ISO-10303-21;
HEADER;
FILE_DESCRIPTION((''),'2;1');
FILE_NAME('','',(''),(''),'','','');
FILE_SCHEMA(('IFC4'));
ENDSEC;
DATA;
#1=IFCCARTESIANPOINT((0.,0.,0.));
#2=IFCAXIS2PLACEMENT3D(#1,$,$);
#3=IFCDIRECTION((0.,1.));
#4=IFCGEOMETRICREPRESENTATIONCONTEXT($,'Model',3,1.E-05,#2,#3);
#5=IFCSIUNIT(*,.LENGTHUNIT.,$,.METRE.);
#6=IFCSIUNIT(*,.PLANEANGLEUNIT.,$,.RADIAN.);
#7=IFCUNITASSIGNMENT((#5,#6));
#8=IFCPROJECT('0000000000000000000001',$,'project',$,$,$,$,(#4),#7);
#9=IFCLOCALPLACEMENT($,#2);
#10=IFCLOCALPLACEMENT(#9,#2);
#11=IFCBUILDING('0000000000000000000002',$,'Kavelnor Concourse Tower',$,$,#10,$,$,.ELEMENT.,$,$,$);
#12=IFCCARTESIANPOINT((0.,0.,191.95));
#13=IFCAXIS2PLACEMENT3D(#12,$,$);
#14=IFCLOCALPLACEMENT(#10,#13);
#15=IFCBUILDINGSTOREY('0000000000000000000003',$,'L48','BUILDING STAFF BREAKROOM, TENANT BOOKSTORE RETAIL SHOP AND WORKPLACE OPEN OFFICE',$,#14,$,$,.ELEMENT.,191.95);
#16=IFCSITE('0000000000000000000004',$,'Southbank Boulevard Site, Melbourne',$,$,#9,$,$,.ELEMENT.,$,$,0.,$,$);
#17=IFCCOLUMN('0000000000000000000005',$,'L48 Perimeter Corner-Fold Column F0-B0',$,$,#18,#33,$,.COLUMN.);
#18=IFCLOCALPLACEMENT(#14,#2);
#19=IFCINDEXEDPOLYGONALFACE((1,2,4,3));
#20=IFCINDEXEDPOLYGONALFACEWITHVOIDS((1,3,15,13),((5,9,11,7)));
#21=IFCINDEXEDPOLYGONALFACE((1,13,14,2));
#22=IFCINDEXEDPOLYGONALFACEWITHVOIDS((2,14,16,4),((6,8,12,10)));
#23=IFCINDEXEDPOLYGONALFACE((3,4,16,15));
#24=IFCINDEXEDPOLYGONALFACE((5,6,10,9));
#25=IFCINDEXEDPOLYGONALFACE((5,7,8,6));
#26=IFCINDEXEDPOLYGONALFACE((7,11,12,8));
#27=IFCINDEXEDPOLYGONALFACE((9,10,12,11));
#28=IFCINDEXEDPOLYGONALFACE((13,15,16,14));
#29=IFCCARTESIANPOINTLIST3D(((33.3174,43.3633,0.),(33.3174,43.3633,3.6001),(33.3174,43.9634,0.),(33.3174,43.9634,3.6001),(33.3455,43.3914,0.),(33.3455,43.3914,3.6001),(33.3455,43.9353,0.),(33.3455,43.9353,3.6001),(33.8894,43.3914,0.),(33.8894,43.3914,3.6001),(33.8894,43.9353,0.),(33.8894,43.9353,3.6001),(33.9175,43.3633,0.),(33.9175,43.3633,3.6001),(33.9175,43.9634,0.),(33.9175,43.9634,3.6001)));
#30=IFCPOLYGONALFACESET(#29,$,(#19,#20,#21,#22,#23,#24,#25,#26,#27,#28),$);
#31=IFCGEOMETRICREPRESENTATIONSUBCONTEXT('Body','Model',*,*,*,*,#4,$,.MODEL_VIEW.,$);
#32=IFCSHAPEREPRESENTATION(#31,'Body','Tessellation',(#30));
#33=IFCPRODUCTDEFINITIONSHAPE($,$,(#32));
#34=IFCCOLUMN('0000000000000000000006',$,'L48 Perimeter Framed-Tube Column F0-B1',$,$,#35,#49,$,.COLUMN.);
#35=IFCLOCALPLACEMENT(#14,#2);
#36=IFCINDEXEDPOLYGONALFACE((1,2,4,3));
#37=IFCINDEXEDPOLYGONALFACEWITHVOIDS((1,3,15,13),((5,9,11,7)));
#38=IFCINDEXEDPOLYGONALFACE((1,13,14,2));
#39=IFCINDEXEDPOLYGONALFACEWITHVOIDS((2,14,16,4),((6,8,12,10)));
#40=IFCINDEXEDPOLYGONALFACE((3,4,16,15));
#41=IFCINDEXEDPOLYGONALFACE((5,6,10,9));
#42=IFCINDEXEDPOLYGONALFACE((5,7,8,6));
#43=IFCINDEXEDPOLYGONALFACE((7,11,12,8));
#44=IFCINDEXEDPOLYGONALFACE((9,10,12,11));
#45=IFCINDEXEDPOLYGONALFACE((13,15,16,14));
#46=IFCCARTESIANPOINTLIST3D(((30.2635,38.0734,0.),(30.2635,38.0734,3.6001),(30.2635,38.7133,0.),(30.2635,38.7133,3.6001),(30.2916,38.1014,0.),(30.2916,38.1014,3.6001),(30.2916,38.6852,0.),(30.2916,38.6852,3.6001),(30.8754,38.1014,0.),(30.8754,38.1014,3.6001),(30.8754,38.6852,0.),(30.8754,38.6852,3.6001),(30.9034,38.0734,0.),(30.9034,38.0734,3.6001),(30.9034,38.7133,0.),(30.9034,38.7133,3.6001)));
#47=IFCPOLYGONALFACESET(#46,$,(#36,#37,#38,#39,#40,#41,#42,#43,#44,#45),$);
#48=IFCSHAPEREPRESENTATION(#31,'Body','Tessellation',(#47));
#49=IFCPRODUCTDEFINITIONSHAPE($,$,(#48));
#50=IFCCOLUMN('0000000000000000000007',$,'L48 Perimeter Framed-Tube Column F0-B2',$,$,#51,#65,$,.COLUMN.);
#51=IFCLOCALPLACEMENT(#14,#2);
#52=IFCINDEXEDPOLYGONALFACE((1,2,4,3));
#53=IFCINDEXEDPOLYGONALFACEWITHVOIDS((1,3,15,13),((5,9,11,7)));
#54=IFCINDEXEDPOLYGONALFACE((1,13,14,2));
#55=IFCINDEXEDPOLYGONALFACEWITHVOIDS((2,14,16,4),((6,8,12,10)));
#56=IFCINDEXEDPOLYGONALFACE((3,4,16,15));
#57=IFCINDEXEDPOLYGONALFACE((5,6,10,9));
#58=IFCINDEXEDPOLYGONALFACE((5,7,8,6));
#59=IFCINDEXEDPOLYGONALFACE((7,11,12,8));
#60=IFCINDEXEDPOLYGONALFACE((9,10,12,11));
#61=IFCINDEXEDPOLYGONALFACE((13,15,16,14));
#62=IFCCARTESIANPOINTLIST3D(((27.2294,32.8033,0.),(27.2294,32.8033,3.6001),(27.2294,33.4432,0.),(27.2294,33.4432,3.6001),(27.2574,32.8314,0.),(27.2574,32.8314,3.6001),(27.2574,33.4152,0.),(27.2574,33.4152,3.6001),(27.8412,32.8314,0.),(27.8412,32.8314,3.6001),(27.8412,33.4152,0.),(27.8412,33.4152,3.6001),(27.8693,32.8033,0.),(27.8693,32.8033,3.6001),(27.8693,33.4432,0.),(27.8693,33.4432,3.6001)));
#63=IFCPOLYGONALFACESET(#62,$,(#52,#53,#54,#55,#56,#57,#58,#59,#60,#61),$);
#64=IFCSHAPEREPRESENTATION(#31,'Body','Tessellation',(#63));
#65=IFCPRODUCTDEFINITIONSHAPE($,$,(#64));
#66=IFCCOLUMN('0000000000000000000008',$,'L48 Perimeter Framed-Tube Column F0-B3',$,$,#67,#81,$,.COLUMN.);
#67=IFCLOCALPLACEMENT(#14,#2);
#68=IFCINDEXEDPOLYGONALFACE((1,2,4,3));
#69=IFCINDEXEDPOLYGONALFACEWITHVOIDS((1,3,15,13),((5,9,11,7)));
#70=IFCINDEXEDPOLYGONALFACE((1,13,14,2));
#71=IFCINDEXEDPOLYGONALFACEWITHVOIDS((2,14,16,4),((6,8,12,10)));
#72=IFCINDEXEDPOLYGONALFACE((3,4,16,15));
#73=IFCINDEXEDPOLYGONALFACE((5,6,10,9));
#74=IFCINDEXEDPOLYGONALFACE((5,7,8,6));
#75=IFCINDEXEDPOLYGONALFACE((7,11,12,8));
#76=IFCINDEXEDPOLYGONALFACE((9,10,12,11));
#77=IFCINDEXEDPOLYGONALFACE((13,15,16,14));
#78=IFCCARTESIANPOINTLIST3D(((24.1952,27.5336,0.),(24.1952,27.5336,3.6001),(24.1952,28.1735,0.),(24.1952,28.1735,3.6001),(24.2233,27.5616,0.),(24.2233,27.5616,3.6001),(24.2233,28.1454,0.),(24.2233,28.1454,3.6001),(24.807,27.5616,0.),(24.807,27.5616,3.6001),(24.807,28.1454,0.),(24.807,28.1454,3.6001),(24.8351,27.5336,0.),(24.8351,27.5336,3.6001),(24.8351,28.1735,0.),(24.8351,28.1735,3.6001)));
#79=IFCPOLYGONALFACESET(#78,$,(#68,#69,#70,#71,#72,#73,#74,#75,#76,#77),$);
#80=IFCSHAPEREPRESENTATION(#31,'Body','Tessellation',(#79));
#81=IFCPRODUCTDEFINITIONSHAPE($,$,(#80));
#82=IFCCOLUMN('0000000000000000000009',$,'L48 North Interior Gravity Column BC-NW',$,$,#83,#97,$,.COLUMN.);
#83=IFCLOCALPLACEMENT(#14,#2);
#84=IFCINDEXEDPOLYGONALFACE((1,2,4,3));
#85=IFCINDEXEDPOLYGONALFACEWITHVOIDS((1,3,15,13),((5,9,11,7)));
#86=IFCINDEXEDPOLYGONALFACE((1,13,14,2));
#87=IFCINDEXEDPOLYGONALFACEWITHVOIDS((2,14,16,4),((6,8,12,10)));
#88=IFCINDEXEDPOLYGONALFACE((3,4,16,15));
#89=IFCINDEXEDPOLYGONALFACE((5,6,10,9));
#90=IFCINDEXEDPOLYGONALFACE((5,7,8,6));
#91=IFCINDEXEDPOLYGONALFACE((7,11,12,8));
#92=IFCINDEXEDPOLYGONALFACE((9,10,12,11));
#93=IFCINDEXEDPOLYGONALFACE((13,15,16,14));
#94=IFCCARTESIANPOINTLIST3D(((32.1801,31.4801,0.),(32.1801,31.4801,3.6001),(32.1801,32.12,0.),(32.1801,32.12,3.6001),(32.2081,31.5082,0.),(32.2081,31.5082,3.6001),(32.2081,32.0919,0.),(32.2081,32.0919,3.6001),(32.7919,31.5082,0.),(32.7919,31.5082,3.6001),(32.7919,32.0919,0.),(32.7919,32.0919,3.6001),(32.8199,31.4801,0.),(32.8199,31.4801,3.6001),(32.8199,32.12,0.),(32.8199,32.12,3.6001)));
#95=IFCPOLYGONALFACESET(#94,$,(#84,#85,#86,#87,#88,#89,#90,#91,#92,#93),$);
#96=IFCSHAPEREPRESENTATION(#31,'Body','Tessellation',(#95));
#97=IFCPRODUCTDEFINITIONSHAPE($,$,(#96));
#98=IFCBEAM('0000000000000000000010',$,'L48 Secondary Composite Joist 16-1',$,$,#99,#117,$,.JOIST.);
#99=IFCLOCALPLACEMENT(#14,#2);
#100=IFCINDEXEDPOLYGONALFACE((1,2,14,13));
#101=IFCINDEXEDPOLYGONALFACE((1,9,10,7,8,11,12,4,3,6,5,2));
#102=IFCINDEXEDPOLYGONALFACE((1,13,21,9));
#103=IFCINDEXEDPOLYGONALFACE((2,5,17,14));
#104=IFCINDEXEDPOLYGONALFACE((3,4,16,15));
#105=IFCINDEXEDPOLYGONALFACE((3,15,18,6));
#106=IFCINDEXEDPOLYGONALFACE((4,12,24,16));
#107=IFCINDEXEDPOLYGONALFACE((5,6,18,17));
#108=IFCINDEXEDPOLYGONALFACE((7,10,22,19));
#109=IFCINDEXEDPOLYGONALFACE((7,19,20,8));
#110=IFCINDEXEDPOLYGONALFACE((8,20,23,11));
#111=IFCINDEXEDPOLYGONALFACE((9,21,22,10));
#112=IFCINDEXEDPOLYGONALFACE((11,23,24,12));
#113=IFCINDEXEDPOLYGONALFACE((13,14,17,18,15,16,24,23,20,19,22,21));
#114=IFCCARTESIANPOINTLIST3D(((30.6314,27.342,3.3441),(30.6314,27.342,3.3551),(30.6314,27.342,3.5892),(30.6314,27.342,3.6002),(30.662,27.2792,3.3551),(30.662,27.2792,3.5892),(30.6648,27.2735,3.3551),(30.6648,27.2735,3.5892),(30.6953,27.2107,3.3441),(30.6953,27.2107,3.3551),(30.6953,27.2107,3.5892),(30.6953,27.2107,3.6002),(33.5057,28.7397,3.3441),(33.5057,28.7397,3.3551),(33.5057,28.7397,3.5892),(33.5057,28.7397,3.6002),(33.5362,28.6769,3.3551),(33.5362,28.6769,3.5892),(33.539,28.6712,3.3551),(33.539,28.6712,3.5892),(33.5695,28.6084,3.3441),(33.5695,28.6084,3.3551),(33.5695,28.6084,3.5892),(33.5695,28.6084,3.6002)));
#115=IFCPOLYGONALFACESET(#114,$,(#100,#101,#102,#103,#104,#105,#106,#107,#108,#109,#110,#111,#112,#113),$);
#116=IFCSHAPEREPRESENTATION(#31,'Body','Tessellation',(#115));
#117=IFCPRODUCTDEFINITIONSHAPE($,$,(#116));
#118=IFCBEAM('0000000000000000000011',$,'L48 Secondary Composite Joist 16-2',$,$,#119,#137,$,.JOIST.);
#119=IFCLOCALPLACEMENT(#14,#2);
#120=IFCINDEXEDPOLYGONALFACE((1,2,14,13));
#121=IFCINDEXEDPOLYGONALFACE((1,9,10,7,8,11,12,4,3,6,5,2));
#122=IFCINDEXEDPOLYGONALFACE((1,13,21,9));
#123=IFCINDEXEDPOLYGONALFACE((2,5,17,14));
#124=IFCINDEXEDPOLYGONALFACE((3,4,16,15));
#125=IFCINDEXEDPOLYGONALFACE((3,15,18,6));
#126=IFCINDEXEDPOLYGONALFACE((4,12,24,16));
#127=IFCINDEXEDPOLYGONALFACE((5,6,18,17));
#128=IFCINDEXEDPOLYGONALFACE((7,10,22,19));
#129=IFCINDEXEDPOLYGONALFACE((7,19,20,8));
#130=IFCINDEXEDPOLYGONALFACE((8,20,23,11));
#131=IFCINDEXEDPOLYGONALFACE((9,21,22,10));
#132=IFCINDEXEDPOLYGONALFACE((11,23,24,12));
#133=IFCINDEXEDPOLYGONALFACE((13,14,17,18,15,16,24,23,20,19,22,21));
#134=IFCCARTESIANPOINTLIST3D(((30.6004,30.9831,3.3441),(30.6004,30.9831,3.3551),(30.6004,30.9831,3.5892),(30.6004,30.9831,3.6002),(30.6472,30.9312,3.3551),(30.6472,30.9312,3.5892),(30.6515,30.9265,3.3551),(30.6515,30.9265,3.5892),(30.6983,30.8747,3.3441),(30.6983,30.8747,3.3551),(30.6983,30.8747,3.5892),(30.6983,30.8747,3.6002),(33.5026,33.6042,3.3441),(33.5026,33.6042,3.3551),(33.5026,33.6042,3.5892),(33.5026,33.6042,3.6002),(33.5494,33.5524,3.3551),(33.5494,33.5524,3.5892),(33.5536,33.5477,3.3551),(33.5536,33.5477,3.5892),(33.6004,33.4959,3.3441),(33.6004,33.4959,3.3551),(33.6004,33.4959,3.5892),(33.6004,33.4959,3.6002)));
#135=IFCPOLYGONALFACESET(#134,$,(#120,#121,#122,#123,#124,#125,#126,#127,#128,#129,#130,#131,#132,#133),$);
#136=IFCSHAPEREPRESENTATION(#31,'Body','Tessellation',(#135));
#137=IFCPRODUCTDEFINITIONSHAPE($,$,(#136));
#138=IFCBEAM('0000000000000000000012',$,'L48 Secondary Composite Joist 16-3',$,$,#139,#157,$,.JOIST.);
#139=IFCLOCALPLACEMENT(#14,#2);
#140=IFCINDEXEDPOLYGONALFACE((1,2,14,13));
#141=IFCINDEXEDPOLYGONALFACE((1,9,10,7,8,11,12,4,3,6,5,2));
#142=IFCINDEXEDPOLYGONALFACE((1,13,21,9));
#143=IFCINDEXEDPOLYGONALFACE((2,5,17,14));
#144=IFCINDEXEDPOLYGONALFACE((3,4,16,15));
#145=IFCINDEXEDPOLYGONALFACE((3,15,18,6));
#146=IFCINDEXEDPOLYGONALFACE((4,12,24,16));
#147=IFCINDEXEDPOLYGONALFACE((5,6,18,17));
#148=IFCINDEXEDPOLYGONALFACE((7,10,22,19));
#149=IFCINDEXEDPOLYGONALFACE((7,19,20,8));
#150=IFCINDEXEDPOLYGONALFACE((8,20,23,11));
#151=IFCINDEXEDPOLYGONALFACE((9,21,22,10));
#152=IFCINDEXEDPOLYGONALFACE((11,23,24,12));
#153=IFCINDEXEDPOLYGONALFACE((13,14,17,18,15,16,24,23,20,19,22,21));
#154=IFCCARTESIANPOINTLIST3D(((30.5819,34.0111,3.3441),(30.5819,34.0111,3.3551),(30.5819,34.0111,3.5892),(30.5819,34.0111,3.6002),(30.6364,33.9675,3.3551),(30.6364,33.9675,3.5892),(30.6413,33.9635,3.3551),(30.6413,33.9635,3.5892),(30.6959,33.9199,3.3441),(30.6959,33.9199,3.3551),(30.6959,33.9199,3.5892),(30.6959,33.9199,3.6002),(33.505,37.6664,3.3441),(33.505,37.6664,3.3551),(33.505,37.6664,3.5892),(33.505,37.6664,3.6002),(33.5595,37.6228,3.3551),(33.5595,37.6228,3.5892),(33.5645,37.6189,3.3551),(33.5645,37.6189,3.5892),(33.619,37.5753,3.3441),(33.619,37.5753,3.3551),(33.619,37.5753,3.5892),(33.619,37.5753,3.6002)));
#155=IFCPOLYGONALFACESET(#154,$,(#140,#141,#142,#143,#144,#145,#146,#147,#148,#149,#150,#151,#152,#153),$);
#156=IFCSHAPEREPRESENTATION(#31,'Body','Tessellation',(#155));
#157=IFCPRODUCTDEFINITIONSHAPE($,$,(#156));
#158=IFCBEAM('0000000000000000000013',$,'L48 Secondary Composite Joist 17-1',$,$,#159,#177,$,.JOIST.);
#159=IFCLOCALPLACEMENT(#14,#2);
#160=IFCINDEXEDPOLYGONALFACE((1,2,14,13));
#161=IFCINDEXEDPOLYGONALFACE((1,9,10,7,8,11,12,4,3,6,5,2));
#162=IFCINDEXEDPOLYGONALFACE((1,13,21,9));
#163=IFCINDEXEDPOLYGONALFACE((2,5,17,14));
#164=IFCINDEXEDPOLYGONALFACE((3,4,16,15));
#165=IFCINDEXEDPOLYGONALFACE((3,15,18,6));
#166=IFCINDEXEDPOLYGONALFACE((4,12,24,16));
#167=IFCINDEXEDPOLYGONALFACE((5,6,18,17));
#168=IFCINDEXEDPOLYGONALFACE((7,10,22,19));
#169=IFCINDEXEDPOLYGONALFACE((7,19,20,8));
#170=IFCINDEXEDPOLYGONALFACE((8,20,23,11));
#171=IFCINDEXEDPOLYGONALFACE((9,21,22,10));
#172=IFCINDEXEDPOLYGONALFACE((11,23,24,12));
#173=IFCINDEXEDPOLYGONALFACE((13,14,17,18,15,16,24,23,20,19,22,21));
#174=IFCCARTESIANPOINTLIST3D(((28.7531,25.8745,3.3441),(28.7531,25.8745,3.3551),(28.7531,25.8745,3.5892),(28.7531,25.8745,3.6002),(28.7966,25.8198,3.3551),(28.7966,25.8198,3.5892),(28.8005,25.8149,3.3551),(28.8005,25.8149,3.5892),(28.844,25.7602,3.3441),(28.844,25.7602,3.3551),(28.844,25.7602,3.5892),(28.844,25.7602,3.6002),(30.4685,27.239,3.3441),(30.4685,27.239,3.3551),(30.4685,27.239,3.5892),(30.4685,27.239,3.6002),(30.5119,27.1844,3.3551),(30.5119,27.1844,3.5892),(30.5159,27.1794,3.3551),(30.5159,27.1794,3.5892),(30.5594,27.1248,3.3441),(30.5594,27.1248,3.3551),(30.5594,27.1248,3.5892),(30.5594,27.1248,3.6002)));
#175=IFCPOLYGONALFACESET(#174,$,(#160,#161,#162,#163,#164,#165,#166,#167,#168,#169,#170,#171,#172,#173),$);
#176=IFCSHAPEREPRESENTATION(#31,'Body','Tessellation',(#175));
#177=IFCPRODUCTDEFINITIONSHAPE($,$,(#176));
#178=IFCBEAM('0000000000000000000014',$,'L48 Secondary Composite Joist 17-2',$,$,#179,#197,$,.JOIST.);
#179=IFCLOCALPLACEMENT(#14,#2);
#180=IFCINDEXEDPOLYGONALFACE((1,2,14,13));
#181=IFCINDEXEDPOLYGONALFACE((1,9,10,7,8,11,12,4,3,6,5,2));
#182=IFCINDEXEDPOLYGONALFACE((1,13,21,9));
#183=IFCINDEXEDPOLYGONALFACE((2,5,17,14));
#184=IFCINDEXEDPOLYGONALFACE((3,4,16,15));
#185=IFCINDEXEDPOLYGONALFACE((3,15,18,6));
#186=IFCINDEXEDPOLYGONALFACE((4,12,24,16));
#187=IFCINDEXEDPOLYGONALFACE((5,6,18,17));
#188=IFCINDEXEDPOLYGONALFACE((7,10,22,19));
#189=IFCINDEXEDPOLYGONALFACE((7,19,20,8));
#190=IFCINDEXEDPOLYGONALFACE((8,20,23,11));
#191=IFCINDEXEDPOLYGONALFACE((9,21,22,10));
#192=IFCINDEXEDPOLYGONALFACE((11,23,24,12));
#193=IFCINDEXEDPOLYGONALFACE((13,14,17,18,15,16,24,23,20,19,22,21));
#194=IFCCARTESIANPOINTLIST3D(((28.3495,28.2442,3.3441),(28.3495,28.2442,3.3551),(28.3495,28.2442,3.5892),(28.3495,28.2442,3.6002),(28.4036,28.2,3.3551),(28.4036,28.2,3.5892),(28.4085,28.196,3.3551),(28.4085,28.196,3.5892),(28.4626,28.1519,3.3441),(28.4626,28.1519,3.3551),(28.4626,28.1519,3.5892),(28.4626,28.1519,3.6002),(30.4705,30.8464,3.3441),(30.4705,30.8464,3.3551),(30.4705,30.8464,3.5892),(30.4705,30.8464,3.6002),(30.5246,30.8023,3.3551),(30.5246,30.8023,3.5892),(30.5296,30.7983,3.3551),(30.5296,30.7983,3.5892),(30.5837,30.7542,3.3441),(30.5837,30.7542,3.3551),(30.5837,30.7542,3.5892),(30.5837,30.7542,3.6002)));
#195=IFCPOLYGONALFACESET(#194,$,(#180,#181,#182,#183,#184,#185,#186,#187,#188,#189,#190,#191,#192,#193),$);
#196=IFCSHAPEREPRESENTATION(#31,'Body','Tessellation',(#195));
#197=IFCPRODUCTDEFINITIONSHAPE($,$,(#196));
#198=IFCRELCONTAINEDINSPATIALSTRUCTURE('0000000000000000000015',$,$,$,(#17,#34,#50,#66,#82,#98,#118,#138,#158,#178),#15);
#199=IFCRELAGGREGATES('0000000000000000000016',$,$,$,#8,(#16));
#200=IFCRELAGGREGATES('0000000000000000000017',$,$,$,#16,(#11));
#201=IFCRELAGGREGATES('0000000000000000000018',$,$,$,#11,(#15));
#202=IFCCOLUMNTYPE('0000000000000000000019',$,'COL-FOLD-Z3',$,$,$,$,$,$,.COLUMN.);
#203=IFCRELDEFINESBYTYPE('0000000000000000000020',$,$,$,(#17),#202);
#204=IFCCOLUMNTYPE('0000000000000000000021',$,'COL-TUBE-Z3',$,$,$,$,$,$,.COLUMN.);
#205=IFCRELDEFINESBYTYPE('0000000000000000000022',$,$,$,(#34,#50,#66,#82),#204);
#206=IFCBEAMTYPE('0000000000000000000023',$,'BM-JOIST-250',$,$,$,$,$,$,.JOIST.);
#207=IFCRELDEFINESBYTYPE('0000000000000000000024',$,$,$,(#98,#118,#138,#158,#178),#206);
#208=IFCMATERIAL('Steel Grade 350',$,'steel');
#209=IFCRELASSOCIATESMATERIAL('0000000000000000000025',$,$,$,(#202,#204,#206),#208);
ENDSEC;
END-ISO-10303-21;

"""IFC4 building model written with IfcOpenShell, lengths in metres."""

from ifc_helpers import new_model, si_unit, direction, frame, origin, origin_2d, place, context, subcontext, project, spatial, hollow_rectangle, i_section, extrude, material, material_profile, profile_set, type_object, element, save


model = new_model("IFC4")

# Units and contexts
model_context = context("Model", 3, precision=1e-05, world=origin(), true_north=direction((0.0, 1.0)))
body_context = subcontext(model_context, "Body", "Model", "MODEL_VIEW")
ifc_project = project(units=[si_unit("LENGTHUNIT", "METRE"), si_unit("PLANEANGLEUNIT", "RADIAN")], contexts=[model_context])

# Site, building, storey
site_placement = place(None, origin())
site = spatial("IfcSite", under=ifc_project, at=site_placement, Name="Southbank Boulevard Site, Melbourne", CompositionType="ELEMENT", RefElevation=0.0)
building_placement = place(site_placement, origin())
building = spatial("IfcBuilding", under=site, at=building_placement, Name="Kavelnor Concourse Tower", CompositionType="ELEMENT")
storey_placement = place(building_placement, frame((0.0, 0.0, 191.95)))
storey = spatial("IfcBuildingStorey", under=building, at=storey_placement, Name="L48", Description="BUILDING STAFF BREAKROOM, TENANT BOOKSTORE RETAIL SHOP AND WORKPLACE OPEN OFFICE", CompositionType="ELEMENT", Elevation=191.95)

# Columns
ifc_material_1 = material(Name="Steel Grade 350", Category="steel")
ifc_material_profile_1 = material_profile(ifc_material_1, hollow_rectangle(XDim=0.6001, YDim=0.6001, WallThickness=0.0281, at=origin_2d()), Name="SHS 600x600x28")
ifc_profile_set_1 = profile_set([ifc_material_profile_1], Name="Steel Grade 350")
column_type_1 = type_object("IfcColumnType", Name="COL-FOLD-Z3", PredefinedType="COLUMN", material=ifc_profile_set_1)
column_placement = place(storey_placement, frame((33.6174, 43.6633, 0.0), z_axis=(0.0, 0.0, 1.0), x_axis=(1.0, 0.0, 0.0)))
element("IfcColumn", 1, at=column_placement, inside=storey, type_object=column_type_1, Name="L48 Perimeter Corner-Fold Column F0-B0", PredefinedType="COLUMN", context=body_context, shape_type="SweptSolid", body=[
    extrude(hollow_rectangle(XDim=0.6001, YDim=0.6001, WallThickness=0.0281, at=origin_2d()), origin(), (0.0, 0.0, 1.0), 3.6001),
])
ifc_material_profile_2 = material_profile(ifc_material_1, hollow_rectangle(XDim=0.6399, YDim=0.6399, WallThickness=0.0281, at=origin_2d()), Name="SHS 640x640x28")
ifc_profile_set_2 = profile_set([ifc_material_profile_2], Name="Steel Grade 350")
column_type_2 = type_object("IfcColumnType", Name="COL-TUBE-Z3", PredefinedType="COLUMN", material=ifc_profile_set_2)
for number, where, z_axis, x_axis, name in (
    (2, (30.5835, 38.3933, 0.0), (0.0, 0.0, 1.0), (1.0, 0.0, 0.0), "L48 Perimeter Framed-Tube Column F0-B1"),
    (3, (27.5493, 33.1233, 0.0), (0.0, 0.0, 1.0), (1.0, 0.0, 0.0), "L48 Perimeter Framed-Tube Column F0-B2"),
    (4, (24.5151, 27.8535, 0.0), (0.0, 0.0, 1.0), (1.0, 0.0, 0.0), "L48 Perimeter Framed-Tube Column F0-B3"),
    (5, (32.5, 31.8, 0.0), (0.0, 0.0, 1.0), (1.0, 0.0, 0.0), "L48 North Interior Gravity Column BC-NW"),
):
    element("IfcColumn", number, at=place(storey_placement, frame(where, z_axis=z_axis, x_axis=x_axis)), inside=storey, type_object=column_type_2, Name=name, PredefinedType="COLUMN", context=body_context, shape_type="SweptSolid", body=[
        extrude(hollow_rectangle(XDim=0.6399, YDim=0.6399, WallThickness=0.0281, at=origin_2d()), origin(), (0.0, 0.0, 1.0), 3.6001),
    ])

# Beams
ifc_material_profile_3 = material_profile(ifc_material_1, i_section(OverallWidth=0.146, OverallDepth=0.2561, WebThickness=0.0063, FlangeThickness=0.011, at=origin_2d()), Name="250UB37")
ifc_profile_set_3 = profile_set([ifc_material_profile_3], Name="Steel Grade 350")
beam_type_1 = type_object("IfcBeamType", Name="BM-JOIST-250", PredefinedType="JOIST", material=ifc_profile_set_3)
beam_1_placement = place(storey_placement, frame((33.5376, 28.6741, 3.4722), z_axis=(-0.899307, -0.437317, 0.0), x_axis=(0.437317, -0.899307, 0.0)))
element("IfcBeam", 6, at=beam_1_placement, inside=storey, type_object=beam_type_1, Name="L48 Secondary Composite Joist 16-1", PredefinedType="JOIST", context=body_context, shape_type="SweptSolid", body=[
    extrude(i_section(OverallWidth=0.146, OverallDepth=0.2561, WebThickness=0.0063, FlangeThickness=0.011, at=origin_2d()), origin(), (0.0, 0.0, 1.0), 3.196),
])
beam_2_placement = place(storey_placement, frame((33.5515, 33.55, 3.4722), z_axis=(-0.742123, -0.670264, 0.0), x_axis=(0.670264, -0.742123, 0.0)))
element("IfcBeam", 7, at=beam_2_placement, inside=storey, type_object=beam_type_1, Name="L48 Secondary Composite Joist 16-2", PredefinedType="JOIST", context=body_context, shape_type="SweptSolid", body=[
    extrude(i_section(OverallWidth=0.146, OverallDepth=0.2561, WebThickness=0.0063, FlangeThickness=0.011, at=origin_2d()), origin(), (0.0, 0.0, 1.0), 3.9106),
])
beam_3_placement = place(storey_placement, frame((33.562, 37.6208, 3.4722), z_axis=(-0.624549, -0.780986, 0.0), x_axis=(0.780986, -0.624549, 0.0)))
element("IfcBeam", 8, at=beam_3_placement, inside=storey, type_object=beam_type_1, Name="L48 Secondary Composite Joist 16-3", PredefinedType="JOIST", context=body_context, shape_type="SweptSolid", body=[
    extrude(i_section(OverallWidth=0.146, OverallDepth=0.2561, WebThickness=0.0063, FlangeThickness=0.011, at=origin_2d()), origin(), (0.0, 0.0, 1.0), 4.6804),
])
beam_4_placement = place(storey_placement, frame((30.5139, 27.1819, 3.4722), z_axis=(-0.782594, -0.622533, 0.0), x_axis=(0.622533, -0.782594, 0.0)))
element("IfcBeam", 9, at=beam_4_placement, inside=storey, type_object=beam_type_1, Name="L48 Secondary Composite Joist 17-1", PredefinedType="JOIST", context=body_context, shape_type="SweptSolid", body=[
    extrude(i_section(OverallWidth=0.146, OverallDepth=0.2561, WebThickness=0.0063, FlangeThickness=0.011, at=origin_2d()), origin(), (0.0, 0.0, 1.0), 2.1919),
])
beam_5_placement = place(storey_placement, frame((30.5271, 30.8003, 3.4722), z_axis=(-0.631799, -0.775132, 0.0), x_axis=(0.775132, -0.631799, 0.0)))
element("IfcBeam", 10, at=beam_5_placement, inside=storey, type_object=beam_type_1, Name="L48 Secondary Composite Joist 17-2", PredefinedType="JOIST", context=body_context, shape_type="SweptSolid", body=[
    extrude(i_section(OverallWidth=0.146, OverallDepth=0.2561, WebThickness=0.0063, FlangeThickness=0.011, at=origin_2d()), origin(), (0.0, 0.0, 1.0), 3.3572),
])

save(model, "model.ifc")
